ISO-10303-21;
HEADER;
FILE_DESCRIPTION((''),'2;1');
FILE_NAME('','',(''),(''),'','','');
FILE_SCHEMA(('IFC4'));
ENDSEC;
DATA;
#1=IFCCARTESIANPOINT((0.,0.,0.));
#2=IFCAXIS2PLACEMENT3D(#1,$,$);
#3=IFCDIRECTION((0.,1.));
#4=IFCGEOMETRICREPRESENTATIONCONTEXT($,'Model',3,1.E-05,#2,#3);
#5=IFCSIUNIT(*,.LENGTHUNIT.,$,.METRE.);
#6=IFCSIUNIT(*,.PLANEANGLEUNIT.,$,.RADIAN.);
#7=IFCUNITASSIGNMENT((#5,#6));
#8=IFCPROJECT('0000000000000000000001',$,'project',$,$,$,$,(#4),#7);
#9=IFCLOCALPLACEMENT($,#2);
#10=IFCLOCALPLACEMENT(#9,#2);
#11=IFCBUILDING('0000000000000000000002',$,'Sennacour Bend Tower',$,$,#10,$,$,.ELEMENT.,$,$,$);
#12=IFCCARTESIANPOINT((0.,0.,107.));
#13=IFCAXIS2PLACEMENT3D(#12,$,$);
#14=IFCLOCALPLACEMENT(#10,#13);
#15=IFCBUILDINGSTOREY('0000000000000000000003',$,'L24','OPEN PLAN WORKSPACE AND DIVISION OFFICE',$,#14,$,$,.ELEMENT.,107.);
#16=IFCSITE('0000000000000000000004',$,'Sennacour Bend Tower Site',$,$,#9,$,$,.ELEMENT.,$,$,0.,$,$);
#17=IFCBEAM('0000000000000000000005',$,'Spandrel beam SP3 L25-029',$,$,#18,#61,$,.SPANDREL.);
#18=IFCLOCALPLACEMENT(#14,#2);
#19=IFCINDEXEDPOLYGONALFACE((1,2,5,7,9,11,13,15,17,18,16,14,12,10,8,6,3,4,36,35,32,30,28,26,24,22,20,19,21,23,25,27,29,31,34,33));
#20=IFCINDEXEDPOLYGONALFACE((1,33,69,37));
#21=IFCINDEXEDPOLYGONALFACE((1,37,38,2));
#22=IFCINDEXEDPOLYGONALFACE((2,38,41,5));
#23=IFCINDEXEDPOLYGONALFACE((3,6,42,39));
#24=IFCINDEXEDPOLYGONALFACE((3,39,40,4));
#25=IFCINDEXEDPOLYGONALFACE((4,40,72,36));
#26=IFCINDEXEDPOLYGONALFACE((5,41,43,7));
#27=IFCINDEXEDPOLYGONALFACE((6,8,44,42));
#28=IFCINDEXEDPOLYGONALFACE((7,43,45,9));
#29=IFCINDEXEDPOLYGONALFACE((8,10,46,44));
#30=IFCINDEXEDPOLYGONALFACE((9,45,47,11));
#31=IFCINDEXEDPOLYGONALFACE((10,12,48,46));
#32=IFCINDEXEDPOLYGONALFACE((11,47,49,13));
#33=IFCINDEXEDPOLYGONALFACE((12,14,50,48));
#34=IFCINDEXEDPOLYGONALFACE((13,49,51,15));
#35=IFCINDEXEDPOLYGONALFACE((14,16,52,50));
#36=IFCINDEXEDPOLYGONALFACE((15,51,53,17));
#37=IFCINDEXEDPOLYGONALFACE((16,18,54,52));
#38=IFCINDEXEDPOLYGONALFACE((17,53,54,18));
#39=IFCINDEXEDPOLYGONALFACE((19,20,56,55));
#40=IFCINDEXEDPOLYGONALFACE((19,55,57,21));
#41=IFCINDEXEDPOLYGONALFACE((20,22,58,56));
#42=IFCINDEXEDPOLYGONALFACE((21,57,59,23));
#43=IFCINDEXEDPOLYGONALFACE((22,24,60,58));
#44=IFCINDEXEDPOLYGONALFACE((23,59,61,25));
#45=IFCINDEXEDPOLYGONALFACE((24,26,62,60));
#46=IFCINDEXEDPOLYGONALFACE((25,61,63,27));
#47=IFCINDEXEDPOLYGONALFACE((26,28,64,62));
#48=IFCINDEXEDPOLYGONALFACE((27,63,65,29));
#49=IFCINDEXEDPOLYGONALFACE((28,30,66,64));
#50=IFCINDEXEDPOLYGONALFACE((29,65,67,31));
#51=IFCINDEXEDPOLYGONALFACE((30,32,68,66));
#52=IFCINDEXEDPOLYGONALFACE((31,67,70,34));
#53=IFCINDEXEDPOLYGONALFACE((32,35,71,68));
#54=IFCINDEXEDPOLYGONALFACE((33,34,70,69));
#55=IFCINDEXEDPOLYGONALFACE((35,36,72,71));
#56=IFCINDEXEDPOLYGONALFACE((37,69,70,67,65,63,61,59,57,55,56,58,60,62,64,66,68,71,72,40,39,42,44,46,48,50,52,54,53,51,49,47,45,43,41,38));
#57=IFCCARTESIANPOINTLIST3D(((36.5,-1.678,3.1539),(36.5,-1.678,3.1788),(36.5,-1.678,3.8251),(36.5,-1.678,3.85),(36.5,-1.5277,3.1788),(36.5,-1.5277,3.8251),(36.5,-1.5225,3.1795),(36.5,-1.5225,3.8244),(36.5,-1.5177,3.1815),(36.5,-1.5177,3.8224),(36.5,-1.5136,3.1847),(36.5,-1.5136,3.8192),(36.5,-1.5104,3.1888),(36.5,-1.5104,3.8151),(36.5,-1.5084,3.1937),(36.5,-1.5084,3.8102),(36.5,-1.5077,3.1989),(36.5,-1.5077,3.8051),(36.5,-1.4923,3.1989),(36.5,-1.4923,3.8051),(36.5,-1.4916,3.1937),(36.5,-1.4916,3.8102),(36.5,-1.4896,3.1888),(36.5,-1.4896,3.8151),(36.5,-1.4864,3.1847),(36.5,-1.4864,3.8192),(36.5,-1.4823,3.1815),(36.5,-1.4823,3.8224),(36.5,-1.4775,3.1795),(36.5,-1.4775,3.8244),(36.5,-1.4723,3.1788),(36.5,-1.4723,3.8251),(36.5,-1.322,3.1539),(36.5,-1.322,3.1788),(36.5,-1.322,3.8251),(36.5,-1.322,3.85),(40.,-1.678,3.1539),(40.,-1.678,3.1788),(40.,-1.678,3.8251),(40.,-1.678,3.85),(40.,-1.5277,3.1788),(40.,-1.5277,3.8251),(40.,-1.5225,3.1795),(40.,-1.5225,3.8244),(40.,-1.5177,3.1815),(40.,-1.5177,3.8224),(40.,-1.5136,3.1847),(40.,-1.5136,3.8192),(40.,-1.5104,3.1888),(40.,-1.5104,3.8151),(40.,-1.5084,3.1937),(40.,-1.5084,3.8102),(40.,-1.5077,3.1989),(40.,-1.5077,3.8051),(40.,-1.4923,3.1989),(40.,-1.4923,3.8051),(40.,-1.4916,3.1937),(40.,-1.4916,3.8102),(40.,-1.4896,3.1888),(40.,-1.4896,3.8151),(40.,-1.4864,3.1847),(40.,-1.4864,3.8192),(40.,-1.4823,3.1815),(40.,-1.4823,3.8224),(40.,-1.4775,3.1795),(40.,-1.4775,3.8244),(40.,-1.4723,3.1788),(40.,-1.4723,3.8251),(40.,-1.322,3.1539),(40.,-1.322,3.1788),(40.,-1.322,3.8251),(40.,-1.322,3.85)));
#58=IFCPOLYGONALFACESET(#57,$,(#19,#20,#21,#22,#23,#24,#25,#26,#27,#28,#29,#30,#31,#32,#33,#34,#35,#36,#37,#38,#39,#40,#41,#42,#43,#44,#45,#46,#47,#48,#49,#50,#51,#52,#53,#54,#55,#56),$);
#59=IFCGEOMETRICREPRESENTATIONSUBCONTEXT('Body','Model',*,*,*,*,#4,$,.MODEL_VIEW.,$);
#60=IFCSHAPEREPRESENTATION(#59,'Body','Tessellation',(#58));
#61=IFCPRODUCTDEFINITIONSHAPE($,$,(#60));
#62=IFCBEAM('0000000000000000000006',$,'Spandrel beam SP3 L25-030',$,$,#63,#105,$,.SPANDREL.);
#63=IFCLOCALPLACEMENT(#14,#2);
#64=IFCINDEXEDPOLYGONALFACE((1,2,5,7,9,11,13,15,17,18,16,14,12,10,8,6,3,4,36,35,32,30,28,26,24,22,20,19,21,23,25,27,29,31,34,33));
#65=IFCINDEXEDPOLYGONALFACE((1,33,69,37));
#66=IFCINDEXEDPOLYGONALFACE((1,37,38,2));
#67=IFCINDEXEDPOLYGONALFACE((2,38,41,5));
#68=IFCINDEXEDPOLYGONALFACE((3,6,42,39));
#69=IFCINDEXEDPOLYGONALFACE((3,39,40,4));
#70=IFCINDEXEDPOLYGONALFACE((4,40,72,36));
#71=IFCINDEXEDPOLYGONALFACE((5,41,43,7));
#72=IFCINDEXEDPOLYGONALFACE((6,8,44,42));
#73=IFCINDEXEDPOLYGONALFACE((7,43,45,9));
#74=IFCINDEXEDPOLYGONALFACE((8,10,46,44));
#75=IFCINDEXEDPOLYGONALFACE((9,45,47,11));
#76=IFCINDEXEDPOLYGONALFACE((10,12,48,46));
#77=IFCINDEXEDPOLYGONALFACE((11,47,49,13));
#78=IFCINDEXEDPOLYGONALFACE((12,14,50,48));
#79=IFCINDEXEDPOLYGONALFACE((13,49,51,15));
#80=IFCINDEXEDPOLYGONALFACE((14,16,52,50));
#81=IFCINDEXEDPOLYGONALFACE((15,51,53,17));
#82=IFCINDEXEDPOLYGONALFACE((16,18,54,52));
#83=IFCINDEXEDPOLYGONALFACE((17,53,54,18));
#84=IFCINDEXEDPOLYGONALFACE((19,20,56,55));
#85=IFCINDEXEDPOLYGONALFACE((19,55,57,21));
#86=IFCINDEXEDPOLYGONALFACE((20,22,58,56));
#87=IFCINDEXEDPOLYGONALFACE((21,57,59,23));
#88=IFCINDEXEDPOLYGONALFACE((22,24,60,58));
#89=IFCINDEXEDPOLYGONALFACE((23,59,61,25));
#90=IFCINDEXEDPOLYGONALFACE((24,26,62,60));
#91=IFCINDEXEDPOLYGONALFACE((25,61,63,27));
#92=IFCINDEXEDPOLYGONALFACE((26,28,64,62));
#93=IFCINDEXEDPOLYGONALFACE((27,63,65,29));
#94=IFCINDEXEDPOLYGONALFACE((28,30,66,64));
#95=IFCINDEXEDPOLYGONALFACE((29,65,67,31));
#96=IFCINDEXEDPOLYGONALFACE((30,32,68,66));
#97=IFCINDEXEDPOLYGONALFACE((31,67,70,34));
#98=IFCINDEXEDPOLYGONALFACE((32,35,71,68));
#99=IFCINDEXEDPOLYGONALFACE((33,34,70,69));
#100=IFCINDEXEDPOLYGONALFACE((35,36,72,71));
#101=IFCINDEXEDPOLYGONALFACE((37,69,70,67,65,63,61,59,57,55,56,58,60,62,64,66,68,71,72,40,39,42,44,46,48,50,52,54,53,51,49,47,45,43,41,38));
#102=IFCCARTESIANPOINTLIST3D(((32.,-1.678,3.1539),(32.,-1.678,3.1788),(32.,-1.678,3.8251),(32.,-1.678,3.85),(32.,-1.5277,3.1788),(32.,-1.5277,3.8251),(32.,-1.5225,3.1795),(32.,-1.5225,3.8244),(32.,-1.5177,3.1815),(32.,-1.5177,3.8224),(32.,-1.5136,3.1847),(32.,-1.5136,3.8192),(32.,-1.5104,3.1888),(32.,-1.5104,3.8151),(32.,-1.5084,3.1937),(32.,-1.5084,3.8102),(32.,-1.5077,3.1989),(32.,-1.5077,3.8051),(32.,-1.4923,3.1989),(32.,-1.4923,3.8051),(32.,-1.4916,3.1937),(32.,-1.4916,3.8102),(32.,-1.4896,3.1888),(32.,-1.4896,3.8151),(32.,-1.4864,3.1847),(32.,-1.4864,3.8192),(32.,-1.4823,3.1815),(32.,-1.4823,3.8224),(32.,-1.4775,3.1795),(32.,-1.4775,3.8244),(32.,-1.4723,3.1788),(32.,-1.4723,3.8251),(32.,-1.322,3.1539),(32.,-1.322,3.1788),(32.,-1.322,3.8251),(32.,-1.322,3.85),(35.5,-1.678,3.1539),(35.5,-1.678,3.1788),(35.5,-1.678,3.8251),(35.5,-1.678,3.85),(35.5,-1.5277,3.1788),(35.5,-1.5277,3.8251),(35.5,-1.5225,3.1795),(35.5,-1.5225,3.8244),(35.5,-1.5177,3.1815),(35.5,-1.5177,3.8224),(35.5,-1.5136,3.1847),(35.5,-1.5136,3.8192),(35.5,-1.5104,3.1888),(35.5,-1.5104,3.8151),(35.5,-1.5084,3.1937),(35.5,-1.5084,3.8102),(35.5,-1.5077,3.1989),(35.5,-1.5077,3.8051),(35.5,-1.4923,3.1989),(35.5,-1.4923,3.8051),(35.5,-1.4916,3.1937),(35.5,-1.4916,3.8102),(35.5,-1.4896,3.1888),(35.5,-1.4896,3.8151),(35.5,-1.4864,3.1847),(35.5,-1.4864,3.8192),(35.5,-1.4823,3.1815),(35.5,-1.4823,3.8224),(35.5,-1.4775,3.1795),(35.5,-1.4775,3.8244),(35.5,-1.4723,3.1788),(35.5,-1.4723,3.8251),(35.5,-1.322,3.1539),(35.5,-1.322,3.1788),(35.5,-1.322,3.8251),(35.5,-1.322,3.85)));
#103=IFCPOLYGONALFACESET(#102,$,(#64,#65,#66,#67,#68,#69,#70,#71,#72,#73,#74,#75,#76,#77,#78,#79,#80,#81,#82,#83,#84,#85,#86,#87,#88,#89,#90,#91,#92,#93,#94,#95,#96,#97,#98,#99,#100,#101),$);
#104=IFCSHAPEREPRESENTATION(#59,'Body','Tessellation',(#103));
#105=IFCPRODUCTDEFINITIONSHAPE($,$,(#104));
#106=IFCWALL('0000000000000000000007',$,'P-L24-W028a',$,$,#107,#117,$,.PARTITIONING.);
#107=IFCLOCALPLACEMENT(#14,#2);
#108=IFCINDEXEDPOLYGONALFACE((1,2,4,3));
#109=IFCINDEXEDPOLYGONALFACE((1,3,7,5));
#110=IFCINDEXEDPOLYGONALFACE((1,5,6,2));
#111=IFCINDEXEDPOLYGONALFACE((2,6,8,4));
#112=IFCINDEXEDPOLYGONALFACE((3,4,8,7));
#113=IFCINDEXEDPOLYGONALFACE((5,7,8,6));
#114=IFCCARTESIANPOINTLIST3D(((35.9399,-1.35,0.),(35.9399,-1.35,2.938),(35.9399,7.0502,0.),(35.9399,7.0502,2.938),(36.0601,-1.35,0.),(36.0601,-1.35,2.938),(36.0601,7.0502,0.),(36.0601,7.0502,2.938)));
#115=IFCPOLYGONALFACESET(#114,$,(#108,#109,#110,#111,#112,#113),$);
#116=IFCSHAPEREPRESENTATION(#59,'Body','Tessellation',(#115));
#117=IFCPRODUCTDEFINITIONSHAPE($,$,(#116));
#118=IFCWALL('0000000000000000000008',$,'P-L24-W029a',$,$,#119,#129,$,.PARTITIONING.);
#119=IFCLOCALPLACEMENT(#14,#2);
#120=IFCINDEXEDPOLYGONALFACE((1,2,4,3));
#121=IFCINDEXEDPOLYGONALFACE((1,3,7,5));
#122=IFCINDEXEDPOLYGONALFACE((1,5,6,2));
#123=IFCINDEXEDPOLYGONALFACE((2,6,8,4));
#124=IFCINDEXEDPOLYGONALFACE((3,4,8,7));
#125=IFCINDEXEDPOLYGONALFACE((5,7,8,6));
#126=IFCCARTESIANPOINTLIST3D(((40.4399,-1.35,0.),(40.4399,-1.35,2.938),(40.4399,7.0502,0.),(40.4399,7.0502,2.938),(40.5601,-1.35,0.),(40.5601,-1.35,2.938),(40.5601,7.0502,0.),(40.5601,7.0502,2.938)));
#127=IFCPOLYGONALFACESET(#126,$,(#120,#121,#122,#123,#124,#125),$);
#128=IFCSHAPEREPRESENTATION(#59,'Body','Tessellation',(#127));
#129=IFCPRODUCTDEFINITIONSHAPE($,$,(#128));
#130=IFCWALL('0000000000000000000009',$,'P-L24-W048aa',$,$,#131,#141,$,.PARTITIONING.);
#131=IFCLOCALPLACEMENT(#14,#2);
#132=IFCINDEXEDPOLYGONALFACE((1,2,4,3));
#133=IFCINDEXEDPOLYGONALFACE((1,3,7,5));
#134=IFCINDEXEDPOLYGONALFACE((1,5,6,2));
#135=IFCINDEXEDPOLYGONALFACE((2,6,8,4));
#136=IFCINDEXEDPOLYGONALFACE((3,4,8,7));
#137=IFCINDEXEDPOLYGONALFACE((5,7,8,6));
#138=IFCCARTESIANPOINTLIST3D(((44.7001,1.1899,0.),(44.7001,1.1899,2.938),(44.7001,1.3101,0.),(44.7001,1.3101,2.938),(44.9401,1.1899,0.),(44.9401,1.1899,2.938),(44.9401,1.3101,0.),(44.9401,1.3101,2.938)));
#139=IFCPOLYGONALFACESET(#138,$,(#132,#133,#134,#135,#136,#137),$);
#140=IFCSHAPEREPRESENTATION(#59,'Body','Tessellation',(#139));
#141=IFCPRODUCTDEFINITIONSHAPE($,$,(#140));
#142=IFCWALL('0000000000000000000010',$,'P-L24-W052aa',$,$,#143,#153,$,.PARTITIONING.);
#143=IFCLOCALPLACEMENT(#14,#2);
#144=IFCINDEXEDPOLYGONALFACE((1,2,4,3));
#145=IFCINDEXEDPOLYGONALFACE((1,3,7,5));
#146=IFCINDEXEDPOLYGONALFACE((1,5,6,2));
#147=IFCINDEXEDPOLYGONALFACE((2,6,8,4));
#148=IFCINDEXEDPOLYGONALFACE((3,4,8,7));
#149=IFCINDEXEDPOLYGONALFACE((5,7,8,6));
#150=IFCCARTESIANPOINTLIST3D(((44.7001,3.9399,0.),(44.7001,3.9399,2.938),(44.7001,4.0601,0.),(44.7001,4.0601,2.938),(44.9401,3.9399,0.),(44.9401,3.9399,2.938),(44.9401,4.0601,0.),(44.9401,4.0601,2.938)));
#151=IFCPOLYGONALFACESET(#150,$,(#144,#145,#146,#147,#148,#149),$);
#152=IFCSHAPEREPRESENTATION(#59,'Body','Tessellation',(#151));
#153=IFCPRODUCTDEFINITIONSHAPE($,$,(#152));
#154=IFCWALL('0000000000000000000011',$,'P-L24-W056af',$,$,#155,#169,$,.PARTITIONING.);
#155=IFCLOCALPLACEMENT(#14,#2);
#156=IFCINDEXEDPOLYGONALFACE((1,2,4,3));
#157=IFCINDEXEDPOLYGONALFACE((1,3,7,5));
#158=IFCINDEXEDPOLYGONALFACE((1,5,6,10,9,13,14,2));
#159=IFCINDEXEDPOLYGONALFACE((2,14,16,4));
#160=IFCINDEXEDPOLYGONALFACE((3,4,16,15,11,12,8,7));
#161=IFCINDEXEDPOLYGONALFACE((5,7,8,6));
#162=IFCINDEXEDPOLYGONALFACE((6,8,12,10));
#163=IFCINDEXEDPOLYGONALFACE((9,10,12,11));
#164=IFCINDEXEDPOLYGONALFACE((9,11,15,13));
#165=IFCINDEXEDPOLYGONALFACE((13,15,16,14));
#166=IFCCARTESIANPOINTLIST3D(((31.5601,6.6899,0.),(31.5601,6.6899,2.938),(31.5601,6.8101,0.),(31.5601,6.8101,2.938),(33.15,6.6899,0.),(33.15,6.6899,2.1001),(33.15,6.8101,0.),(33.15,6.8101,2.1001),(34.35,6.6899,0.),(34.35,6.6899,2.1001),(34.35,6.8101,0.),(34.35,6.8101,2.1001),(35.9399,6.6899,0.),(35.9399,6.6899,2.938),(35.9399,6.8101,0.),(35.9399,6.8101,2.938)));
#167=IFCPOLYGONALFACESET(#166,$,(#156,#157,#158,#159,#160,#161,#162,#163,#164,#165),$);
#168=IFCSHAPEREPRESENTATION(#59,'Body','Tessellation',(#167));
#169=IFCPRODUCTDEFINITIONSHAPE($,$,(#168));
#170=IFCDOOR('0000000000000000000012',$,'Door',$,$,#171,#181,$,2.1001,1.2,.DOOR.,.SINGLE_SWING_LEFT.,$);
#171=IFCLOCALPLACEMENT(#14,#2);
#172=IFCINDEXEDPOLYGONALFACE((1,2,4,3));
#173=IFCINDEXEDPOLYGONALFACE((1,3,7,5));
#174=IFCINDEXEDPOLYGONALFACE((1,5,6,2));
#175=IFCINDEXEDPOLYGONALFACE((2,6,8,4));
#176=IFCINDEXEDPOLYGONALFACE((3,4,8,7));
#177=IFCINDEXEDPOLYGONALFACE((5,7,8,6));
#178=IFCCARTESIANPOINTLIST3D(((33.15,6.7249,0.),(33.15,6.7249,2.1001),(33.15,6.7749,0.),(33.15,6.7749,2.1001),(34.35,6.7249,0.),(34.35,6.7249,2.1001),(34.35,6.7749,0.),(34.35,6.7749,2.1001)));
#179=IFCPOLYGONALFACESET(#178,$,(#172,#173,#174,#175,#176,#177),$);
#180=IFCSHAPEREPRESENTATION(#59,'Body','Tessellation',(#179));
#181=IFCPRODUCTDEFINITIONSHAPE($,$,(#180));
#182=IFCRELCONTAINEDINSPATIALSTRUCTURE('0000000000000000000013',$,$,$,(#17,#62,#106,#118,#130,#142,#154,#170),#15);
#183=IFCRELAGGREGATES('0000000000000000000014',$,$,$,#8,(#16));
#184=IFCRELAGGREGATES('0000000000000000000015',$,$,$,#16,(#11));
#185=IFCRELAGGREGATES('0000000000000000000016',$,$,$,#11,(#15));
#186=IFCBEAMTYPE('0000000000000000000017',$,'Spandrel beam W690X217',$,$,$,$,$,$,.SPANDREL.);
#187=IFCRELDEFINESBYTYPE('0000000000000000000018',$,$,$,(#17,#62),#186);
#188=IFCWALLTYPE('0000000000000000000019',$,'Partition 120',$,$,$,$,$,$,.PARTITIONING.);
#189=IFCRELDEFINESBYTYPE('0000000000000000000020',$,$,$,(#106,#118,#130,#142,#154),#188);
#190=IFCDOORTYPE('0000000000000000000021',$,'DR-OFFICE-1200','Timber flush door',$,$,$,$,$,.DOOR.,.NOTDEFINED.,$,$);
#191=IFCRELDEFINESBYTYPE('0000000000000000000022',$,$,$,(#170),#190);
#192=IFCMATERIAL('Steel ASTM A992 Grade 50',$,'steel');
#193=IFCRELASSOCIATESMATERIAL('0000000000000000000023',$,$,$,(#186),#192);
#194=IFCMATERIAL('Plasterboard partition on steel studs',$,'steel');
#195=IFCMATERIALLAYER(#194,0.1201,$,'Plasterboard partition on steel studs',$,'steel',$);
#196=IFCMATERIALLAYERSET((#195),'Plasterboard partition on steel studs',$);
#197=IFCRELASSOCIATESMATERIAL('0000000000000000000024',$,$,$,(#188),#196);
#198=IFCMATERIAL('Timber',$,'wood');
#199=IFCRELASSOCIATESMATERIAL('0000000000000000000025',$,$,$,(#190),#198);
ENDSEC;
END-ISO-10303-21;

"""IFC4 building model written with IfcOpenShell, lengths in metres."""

from ifc_helpers import new_model, si_unit, direction, frame, frame_2d, origin, origin_2d, place, context, subcontext, project, spatial, rectangle, i_section, extrude, material, layer, layer_set, material_profile, profile_set, type_object, element, fill, save


model = new_model("IFC4")

# Units and contexts
model_context = context("Model", 3, precision=1e-05, world=origin(), true_north=direction((0.0, 1.0)))
body_context = subcontext(model_context, "Body", "Model", "MODEL_VIEW")
ifc_project = project(units=[si_unit("LENGTHUNIT", "METRE"), si_unit("PLANEANGLEUNIT", "RADIAN")], contexts=[model_context])

# Site, building, storey
site_placement = place(None, origin())
site = spatial("IfcSite", under=ifc_project, at=site_placement, Name="Sennacour Bend Tower Site", CompositionType="ELEMENT", RefElevation=0.0)
building_placement = place(site_placement, origin())
building = spatial("IfcBuilding", under=site, at=building_placement, Name="Sennacour Bend Tower", CompositionType="ELEMENT")
storey_placement = place(building_placement, frame((0.0, 0.0, 107.0)))
storey = spatial("IfcBuildingStorey", under=building, at=storey_placement, Name="L24", Description="OPEN PLAN WORKSPACE AND DIVISION OFFICE", CompositionType="ELEMENT", Elevation=107.0)

# Beams
ifc_material_1 = material(Name="Steel ASTM A992 Grade 50", Category="steel")
ifc_material_profile_1 = material_profile(ifc_material_1, i_section(OverallWidth=0.356, OverallDepth=0.696, WebThickness=0.0154, FlangeThickness=0.0249, FilletRadius=0.02, at=origin_2d()), Name="Steel ASTM A992 Grade 50", Category="steel")
ifc_profile_set_1 = profile_set([ifc_material_profile_1], Name="Steel ASTM A992 Grade 50")
beam_type_1 = type_object("IfcBeamType", Name="Spandrel beam W690X217", PredefinedType="SPANDREL", material=ifc_profile_set_1)
for number, where, z_axis, x_axis, name in (
    (1, (40.0, -1.5, 3.502), (-1.0, 0.0, 0.0), (0.0, -1.0, 0.0), "Spandrel beam SP3 L25-029"),
    (2, (35.5, -1.5, 3.502), (-1.0, 0.0, 0.0), (0.0, -1.0, 0.0), "Spandrel beam SP3 L25-030"),
):
    element("IfcBeam", number, at=place(storey_placement, frame(where, z_axis=z_axis, x_axis=x_axis)), inside=storey, type_object=beam_type_1, Name=name, PredefinedType="SPANDREL", context=body_context, shape_type="SweptSolid", body=[
        extrude(i_section(OverallWidth=0.356, OverallDepth=0.696, WebThickness=0.0154, FlangeThickness=0.0249, FilletRadius=0.02, at=origin_2d()), origin(), (0.0, 0.0, 1.0), 3.5),
    ])

# Walls
ifc_material_2 = material(Name="Plasterboard partition on steel studs", Category="steel")
ifc_layer_1 = layer(ifc_material_2, 0.1201, Name="Plasterboard partition on steel studs", Category="steel")
ifc_layer_set_1 = layer_set([ifc_layer_1], Name="Plasterboard partition on steel studs")
wall_type_1 = type_object("IfcWallType", Name="Partition 120", PredefinedType="PARTITIONING", material=ifc_layer_set_1)
for number, where, z_axis, x_axis, name in (
    (3, (36.0, -1.3501, 0.0), (0.0, 0.0, 1.0), (0.0, 1.0, 0.0), "P-L24-W028a"),
    (4, (40.5, -1.3501, 0.0), (0.0, 0.0, 1.0), (0.0, 1.0, 0.0), "P-L24-W029a"),
):
    element("IfcWall", number, at=place(storey_placement, frame(where, z_axis=z_axis, x_axis=x_axis)), inside=storey, type_object=wall_type_1, Name=name, PredefinedType="PARTITIONING", context=body_context, shape_type="SweptSolid", body=[
        extrude(rectangle(XDim=8.4001, YDim=0.1201, at=frame_2d((4.2002, 0.0))), origin(), (0.0, 0.0, 1.0), 2.938),
    ])
for number, where, z_axis, x_axis, name in (
    (5, (44.7, 1.25, 0.0), (0.0, 0.0, 1.0), (1.0, 0.0, 0.0), "P-L24-W048aa"),
    (6, (44.7, 4.0, 0.0), (0.0, 0.0, 1.0), (1.0, 0.0, 0.0), "P-L24-W052aa"),
):
    element("IfcWall", number, at=place(storey_placement, frame(where, z_axis=z_axis, x_axis=x_axis)), inside=storey, type_object=wall_type_1, Name=name, PredefinedType="PARTITIONING", context=body_context, shape_type="SweptSolid", body=[
        extrude(rectangle(XDim=0.24, YDim=0.1201, at=frame_2d((0.1201, 0.0))), origin(), (0.0, 0.0, 1.0), 2.938),
    ])

# Wall, opening, door
wall_1_placement = place(storey_placement, frame((31.5601, 6.75, 0.0), z_axis=(0.0, 0.0, 1.0), x_axis=(1.0, 0.0, 0.0)))
wall_1 = element("IfcWall", 7, at=wall_1_placement, inside=storey, type_object=wall_type_1, Name="P-L24-W056af", PredefinedType="PARTITIONING", context=body_context, shape_type="SweptSolid", body=[
    extrude(rectangle(XDim=4.3799, YDim=0.1201, at=frame_2d((2.1899, 0.0))), origin(), (0.0, 0.0, 1.0), 2.938),
])
opening_1_placement = place(wall_1_placement, frame((1.5898, 0.0, 0.0)))
opening_1 = element("IfcOpeningElement", 8, at=opening_1_placement, cuts=wall_1, PredefinedType="OPENING", context=body_context, shape_type="SweptSolid", body=[
    extrude(rectangle(XDim=1.2, YDim=2.1001, at=frame_2d((0.6001, 1.05))), frame((0.0, 0.0701, 0.0), z_axis=(0.0, -1.0, 0.0), x_axis=(1.0, 0.0, 0.0)), (0.0, 0.0, 1.0), 0.1401),
])
ifc_material_3 = material(Name="Timber", Category="wood")
door_type = type_object("IfcDoorType", Name="DR-OFFICE-1200", Description="Timber flush door", OperationType="NOTDEFINED", PredefinedType="DOOR", material=ifc_material_3)
door_placement = place(opening_1_placement, origin())
door = element("IfcDoor", 9, at=door_placement, inside=storey, type_object=door_type, Name="Door", OperationType="SINGLE_SWING_LEFT", OverallHeight=2.1001, OverallWidth=1.2, PredefinedType="DOOR", context=body_context, shape_type="SweptSolid", body=[
    extrude(rectangle(XDim=1.2, YDim=2.1001, at=frame_2d((0.6001, 1.05))), frame((0.0, 0.0249, 0.0), z_axis=(0.0, -1.0, 0.0), x_axis=(1.0, 0.0, 0.0)), (0.0, 0.0, 1.0), 0.05),
])
fill(opening_1, door)

save(model, "model.ifc")
